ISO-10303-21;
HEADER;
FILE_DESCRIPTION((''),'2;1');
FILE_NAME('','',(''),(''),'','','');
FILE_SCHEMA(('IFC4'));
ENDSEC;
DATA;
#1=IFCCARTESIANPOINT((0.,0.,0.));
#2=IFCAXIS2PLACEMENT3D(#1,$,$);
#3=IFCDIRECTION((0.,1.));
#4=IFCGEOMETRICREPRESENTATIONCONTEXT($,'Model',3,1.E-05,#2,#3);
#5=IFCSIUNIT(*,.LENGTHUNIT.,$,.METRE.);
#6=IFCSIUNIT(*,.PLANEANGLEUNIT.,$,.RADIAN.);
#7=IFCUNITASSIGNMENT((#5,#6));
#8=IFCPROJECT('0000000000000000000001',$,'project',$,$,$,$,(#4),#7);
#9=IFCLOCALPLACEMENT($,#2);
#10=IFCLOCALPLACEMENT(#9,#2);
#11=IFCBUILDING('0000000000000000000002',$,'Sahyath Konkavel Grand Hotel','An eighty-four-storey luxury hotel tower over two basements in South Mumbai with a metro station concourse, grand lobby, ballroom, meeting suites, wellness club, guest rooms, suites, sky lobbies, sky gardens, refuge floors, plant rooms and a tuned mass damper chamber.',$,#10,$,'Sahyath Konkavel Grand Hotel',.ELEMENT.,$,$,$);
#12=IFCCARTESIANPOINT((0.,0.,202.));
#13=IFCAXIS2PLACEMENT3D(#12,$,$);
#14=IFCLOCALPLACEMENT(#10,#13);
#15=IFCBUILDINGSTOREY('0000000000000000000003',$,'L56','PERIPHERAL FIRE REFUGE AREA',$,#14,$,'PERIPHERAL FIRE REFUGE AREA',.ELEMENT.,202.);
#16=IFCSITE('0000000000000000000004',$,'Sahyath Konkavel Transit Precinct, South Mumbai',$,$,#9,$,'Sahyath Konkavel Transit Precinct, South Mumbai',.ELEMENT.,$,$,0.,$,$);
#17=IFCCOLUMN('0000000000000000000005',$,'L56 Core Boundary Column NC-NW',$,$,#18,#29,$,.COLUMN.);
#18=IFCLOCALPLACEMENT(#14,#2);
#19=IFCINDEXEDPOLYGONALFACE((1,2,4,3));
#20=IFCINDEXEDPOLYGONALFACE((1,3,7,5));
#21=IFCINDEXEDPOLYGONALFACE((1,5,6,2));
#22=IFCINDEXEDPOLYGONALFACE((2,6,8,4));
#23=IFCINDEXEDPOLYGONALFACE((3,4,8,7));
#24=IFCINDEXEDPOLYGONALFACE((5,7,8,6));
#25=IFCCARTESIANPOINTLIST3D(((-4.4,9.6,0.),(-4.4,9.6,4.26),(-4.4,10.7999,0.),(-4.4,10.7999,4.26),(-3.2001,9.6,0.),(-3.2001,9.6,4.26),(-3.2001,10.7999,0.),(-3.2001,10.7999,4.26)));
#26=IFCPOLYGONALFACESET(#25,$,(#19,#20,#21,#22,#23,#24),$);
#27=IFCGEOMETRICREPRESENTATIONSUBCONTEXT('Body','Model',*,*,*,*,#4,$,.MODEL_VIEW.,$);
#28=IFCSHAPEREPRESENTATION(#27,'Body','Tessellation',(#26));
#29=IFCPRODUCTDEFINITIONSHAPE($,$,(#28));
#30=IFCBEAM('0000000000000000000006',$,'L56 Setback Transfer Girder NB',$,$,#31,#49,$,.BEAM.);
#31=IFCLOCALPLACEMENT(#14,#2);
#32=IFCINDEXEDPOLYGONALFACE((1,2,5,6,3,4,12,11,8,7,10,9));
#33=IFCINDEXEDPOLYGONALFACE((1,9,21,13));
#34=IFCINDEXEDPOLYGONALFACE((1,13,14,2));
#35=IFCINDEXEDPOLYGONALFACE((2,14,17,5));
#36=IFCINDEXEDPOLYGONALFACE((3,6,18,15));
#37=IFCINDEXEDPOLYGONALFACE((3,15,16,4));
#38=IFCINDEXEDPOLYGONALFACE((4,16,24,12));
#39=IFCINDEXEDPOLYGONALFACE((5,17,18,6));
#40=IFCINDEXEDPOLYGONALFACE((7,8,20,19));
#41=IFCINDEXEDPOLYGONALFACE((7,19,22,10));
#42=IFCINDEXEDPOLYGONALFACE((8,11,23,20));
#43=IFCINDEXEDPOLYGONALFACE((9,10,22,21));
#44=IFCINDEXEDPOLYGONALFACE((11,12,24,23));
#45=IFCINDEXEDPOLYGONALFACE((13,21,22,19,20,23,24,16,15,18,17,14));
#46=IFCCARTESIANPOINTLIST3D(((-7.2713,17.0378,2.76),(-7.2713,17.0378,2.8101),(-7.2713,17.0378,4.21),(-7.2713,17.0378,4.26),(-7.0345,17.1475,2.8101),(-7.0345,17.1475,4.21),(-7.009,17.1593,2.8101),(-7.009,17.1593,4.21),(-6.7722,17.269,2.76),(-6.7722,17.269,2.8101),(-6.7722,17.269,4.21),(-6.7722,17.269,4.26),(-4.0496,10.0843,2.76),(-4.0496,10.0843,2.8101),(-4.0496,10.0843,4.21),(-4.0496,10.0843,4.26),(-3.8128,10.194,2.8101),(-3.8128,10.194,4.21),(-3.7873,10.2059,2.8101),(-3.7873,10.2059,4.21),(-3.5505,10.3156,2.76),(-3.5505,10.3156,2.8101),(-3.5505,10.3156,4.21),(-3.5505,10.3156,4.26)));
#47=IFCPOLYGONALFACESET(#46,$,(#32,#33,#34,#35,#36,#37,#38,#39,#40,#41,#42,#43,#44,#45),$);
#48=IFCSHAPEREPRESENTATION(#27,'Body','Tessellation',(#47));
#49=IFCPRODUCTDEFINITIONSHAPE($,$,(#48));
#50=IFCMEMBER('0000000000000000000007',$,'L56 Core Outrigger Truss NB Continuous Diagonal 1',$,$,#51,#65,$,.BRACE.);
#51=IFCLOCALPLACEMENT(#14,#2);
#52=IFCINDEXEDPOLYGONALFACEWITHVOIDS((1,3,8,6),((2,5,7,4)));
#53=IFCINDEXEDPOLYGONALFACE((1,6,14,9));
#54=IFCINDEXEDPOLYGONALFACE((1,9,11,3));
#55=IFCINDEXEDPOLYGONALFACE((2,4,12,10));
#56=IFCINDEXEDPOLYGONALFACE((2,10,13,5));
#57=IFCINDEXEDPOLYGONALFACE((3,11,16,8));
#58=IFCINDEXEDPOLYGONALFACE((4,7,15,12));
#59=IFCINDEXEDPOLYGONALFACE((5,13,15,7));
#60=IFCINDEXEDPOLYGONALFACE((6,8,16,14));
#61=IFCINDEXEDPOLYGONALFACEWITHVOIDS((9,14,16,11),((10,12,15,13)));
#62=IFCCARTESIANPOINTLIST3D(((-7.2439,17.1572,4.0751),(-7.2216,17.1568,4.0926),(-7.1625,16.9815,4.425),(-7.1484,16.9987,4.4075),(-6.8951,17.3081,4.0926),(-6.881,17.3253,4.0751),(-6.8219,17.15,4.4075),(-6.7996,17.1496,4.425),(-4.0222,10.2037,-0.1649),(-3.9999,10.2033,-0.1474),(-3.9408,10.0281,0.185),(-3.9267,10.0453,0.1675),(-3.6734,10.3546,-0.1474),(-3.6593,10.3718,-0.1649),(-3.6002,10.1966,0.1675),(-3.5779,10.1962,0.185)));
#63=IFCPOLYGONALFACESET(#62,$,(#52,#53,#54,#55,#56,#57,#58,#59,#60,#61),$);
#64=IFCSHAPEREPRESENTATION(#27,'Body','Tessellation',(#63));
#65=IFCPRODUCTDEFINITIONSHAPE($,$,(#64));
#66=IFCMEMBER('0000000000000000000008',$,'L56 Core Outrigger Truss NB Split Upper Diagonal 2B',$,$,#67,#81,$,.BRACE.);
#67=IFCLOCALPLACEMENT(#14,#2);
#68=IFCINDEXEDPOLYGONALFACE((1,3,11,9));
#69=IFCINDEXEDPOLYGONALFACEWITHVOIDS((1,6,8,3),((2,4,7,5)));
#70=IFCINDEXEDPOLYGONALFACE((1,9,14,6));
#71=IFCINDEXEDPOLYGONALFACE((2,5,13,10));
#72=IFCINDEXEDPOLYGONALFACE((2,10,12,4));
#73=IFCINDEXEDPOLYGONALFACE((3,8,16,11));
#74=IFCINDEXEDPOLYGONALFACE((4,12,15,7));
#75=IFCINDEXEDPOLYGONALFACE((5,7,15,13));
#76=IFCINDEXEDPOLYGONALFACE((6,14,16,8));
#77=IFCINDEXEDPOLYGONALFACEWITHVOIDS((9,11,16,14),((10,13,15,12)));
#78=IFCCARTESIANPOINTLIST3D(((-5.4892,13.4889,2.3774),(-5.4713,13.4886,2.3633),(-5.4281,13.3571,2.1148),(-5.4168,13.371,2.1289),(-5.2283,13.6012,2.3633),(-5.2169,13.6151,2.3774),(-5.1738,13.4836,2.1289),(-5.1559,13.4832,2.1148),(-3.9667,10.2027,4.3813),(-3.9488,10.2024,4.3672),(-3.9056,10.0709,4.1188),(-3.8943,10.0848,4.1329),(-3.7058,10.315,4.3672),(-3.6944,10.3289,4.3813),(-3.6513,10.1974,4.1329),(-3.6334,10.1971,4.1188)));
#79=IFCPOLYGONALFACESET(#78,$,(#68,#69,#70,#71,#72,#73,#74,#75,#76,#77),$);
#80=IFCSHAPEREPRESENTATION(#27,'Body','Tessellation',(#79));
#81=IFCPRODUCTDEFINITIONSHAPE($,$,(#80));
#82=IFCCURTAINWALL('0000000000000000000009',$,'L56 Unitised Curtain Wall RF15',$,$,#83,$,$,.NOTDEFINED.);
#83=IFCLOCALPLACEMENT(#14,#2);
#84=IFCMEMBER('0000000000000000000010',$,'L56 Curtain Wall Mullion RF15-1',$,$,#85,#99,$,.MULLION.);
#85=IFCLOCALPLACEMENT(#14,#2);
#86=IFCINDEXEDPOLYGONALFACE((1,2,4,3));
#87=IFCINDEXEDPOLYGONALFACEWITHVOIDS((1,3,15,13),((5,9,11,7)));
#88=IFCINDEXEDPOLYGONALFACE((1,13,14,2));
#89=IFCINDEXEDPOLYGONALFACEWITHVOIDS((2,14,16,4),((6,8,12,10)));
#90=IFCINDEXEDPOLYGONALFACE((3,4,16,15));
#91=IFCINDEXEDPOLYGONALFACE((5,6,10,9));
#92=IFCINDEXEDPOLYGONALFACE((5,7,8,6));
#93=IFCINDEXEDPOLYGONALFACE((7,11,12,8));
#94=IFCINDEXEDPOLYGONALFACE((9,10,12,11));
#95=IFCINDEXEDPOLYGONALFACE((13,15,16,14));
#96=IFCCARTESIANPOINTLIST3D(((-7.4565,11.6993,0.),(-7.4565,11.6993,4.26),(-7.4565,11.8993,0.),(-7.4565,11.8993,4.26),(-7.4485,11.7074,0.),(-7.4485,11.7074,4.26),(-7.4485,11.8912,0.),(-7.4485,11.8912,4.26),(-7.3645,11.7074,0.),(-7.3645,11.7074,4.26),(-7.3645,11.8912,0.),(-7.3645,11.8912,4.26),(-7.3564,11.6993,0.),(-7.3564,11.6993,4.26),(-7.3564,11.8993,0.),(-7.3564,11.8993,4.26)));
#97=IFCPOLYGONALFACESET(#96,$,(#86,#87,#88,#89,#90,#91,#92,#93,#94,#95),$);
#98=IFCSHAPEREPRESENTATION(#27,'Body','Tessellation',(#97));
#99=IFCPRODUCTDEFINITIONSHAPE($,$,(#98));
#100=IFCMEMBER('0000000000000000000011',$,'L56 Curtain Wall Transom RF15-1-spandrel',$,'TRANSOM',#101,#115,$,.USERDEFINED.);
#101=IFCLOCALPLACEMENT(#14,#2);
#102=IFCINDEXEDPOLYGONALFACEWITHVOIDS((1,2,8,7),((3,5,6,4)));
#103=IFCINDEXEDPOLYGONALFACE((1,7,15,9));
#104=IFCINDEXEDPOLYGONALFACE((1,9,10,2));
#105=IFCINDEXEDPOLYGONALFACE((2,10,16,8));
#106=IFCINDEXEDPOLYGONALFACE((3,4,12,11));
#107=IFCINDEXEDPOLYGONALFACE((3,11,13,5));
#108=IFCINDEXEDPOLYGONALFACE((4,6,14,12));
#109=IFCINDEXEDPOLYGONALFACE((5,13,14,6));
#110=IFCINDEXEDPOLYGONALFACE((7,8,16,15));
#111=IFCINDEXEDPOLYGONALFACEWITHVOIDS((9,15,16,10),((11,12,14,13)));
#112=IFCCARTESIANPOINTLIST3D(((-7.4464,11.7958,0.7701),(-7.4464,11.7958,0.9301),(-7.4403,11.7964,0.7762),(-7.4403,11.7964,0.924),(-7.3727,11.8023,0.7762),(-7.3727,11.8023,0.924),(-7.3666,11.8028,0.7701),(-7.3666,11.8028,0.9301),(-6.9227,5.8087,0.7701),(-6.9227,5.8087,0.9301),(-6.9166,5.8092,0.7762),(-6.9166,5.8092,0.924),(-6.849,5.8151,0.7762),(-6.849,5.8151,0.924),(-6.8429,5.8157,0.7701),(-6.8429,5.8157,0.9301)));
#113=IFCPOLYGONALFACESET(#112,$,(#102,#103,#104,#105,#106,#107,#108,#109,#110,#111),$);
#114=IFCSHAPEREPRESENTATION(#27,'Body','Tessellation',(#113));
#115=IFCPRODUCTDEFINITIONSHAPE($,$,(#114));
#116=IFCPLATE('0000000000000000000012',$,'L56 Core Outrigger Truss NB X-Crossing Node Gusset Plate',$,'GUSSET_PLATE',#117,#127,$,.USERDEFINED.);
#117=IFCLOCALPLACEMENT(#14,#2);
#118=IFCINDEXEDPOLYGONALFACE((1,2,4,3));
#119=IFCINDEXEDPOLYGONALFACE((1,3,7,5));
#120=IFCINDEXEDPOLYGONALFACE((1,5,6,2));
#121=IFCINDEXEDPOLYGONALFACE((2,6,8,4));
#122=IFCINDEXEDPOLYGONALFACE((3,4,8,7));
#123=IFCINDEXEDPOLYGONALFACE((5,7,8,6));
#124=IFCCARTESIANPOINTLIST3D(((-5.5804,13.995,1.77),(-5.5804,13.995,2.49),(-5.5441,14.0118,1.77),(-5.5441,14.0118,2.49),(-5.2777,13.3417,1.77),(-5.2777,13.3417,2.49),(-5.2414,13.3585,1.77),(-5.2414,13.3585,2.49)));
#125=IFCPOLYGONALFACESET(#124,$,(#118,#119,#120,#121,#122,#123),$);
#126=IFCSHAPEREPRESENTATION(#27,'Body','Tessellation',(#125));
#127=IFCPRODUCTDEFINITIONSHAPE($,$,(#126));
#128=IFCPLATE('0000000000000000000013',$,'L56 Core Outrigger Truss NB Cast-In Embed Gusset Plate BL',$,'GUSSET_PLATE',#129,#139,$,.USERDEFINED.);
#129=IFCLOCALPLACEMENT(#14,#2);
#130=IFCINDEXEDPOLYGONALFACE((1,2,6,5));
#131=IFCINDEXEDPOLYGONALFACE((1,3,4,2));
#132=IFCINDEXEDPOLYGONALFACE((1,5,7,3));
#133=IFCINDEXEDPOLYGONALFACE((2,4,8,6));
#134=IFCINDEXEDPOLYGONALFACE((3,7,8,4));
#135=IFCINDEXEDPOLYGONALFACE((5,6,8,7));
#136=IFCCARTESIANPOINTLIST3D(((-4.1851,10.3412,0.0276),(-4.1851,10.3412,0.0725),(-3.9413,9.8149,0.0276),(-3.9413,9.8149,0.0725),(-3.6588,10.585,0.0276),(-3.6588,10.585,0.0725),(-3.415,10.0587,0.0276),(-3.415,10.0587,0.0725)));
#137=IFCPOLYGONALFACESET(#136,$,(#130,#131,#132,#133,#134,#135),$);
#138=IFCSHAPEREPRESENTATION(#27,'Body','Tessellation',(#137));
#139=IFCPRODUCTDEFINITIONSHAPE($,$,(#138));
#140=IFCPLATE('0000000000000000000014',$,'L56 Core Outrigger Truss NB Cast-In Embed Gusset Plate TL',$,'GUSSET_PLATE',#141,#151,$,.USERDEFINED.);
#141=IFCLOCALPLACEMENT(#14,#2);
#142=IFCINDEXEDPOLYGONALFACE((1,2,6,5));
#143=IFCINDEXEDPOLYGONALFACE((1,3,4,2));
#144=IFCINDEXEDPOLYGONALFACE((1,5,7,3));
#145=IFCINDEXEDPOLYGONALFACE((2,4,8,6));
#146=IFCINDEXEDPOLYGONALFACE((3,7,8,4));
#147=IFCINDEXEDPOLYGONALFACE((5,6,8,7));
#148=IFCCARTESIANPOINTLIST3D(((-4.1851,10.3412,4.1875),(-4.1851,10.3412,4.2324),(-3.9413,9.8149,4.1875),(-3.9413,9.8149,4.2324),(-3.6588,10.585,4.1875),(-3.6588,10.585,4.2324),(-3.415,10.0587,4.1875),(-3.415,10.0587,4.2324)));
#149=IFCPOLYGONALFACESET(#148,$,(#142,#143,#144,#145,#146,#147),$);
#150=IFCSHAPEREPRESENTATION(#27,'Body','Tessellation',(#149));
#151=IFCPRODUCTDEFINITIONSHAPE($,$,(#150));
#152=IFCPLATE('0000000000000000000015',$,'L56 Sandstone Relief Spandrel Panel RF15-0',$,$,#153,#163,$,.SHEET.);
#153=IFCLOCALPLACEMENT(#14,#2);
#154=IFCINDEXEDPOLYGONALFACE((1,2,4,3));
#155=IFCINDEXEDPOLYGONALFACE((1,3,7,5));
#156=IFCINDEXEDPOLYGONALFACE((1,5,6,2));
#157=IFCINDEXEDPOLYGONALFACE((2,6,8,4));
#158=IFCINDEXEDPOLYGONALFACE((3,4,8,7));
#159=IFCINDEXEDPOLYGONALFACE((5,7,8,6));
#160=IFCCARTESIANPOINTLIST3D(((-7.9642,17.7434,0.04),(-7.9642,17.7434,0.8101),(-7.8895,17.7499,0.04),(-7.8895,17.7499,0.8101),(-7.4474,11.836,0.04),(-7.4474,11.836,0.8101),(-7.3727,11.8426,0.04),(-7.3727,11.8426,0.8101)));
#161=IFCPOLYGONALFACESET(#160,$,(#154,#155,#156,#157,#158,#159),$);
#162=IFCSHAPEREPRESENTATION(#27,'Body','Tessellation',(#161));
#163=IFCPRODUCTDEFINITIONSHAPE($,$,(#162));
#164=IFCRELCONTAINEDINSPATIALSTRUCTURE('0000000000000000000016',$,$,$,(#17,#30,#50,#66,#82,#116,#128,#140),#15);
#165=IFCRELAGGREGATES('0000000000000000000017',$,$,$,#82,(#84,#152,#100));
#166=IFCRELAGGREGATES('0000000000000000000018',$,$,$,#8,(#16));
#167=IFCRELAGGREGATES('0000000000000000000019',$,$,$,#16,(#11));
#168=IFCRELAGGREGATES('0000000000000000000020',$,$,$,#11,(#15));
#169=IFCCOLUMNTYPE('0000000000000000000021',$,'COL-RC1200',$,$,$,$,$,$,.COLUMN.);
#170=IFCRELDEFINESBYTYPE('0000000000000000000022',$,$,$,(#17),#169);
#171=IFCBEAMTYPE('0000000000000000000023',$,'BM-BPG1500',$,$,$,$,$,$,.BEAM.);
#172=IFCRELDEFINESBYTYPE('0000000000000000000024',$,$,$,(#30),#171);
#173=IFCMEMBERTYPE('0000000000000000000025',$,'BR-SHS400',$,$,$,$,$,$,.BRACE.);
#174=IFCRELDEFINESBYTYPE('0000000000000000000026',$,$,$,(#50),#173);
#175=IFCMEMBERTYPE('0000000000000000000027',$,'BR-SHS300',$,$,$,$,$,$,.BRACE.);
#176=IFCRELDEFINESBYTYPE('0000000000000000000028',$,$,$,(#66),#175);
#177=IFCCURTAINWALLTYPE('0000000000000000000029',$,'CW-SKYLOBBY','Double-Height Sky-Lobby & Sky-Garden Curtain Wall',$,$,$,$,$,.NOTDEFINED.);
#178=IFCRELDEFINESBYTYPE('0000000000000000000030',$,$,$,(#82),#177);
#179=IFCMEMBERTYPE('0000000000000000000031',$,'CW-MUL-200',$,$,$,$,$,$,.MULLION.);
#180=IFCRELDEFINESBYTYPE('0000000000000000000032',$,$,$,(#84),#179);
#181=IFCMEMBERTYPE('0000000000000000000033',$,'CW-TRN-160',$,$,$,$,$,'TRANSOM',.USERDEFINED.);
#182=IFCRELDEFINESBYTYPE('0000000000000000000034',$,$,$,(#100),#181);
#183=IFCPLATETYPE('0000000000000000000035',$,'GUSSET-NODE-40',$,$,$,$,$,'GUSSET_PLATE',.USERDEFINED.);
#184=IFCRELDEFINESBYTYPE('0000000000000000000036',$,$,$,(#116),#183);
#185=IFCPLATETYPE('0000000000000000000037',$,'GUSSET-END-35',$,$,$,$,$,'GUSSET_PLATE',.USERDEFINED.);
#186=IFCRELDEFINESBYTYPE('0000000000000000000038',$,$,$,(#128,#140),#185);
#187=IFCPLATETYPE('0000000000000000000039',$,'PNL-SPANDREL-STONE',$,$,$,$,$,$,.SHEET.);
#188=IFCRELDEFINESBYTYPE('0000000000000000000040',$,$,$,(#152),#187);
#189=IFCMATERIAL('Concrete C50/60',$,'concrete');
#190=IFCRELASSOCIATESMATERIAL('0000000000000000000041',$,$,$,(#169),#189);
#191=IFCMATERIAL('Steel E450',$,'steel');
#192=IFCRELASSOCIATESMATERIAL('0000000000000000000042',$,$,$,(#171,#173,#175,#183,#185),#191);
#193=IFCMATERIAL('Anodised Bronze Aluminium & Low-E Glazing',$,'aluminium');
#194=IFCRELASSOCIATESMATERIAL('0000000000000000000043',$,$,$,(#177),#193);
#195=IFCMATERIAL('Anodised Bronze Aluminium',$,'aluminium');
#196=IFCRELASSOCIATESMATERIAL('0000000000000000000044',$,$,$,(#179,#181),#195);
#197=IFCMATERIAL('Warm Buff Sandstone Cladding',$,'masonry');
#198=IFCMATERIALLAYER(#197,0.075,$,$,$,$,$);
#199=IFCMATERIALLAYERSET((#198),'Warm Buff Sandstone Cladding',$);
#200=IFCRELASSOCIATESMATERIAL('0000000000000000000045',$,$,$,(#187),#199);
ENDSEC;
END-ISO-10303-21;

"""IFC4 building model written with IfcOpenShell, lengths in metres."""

from ifc_helpers import new_model, si_unit, direction, frame, origin, origin_2d, place, context, subcontext, project, spatial, rectangle, hollow_rectangle, i_section, extrude, source, transform, mapped, material, layer, layer_set, material_profile, profile_set, type_object, element, aggregate, save


model = new_model("IFC4")

# Units and contexts
model_context = context("Model", 3, precision=1e-05, world=origin(), true_north=direction((0.0, 1.0)))
body_context = subcontext(model_context, "Body", "Model", "MODEL_VIEW")
ifc_project = project(units=[si_unit("LENGTHUNIT", "METRE"), si_unit("PLANEANGLEUNIT", "RADIAN")], contexts=[model_context])

# Site, building, storey
site_placement = place(None, origin())
site = spatial("IfcSite", under=ifc_project, at=site_placement, Name="Sahyath Konkavel Transit Precinct, South Mumbai", LongName="Sahyath Konkavel Transit Precinct, South Mumbai", CompositionType="ELEMENT", RefElevation=0.0)
building_placement = place(site_placement, origin())
building = spatial("IfcBuilding", under=site, at=building_placement, Name="Sahyath Konkavel Grand Hotel", Description="An eighty-four-storey luxury hotel tower over two basements in South Mumbai with a metro station concourse, grand lobby, ballroom, meeting suites, wellness club, guest rooms, suites, sky lobbies, sky gardens, refuge floors, plant rooms and a tuned mass damper chamber.", LongName="Sahyath Konkavel Grand Hotel", CompositionType="ELEMENT")
storey_placement = place(building_placement, frame((0.0, 0.0, 202.0)))
storey = spatial("IfcBuildingStorey", under=building, at=storey_placement, Name="L56", Description="PERIPHERAL FIRE REFUGE AREA", LongName="PERIPHERAL FIRE REFUGE AREA", CompositionType="ELEMENT", Elevation=202.0)

# Column
ifc_material_1 = material(Name="Concrete C50/60", Category="concrete")
ifc_material_profile_1 = material_profile(ifc_material_1, rectangle(XDim=1.2, YDim=1.2, at=origin_2d()), Name="RC 1200x1200")
ifc_profile_set_1 = profile_set([ifc_material_profile_1], Name="Concrete C50/60")
column_type = type_object("IfcColumnType", Name="COL-RC1200", PredefinedType="COLUMN", material=ifc_profile_set_1)
shared_shape_1 = source(origin(), body_context, "Body", "SweptSolid", [
    extrude(rectangle(XDim=1.2, YDim=1.2, at=origin_2d()), origin(), (0.0, 0.0, 1.0), 4.26),
])
column_placement = place(storey_placement, frame((-3.8, 10.2, 0.0), z_axis=(0.0, 0.0, 1.0), x_axis=(1.0, 0.0, 0.0)))
element("IfcColumn", 1, at=column_placement, inside=storey, type_object=column_type, Name="L56 Core Boundary Column NC-NW", PredefinedType="COLUMN", context=body_context, shape_type="MappedRepresentation", body=[
    mapped(shared_shape_1, transform((0.0, 0.0, 0.0), scale=1.0)),
])

# Beam
ifc_material_2 = material(Name="Steel E450", Category="steel")
ifc_material_profile_2 = material_profile(ifc_material_2, i_section(OverallWidth=0.55, OverallDepth=1.5, WebThickness=0.0281, FlangeThickness=0.05, at=origin_2d()), Name="BPG 1500x550")
ifc_profile_set_2 = profile_set([ifc_material_profile_2], Name="Steel E450")
beam_type = type_object("IfcBeamType", Name="BM-BPG1500", PredefinedType="BEAM", material=ifc_profile_set_2)
shared_shape_2 = source(origin(), body_context, "Body", "SweptSolid", [
    extrude(i_section(OverallWidth=0.55, OverallDepth=1.5, WebThickness=0.0281, FlangeThickness=0.05, at=origin_2d()), origin(), (0.0, 0.0, 1.0), 7.6636),
])
beam_placement = place(storey_placement, frame((-3.8, 10.2, 3.51), z_axis=(-0.420395, 0.907341, 0.0), x_axis=(-0.907341, -0.420395, 0.0)))
element("IfcBeam", 2, at=beam_placement, inside=storey, type_object=beam_type, Name="L56 Setback Transfer Girder NB", PredefinedType="BEAM", context=body_context, shape_type="MappedRepresentation", body=[
    mapped(shared_shape_2, transform((0.0, 0.0, 0.0), scale=1.0)),
])

# Members
ifc_material_profile_3 = material_profile(ifc_material_2, hollow_rectangle(XDim=0.3999, YDim=0.3999, WallThickness=0.02, at=origin_2d()), Name="SHS 400x400x20")
ifc_profile_set_3 = profile_set([ifc_material_profile_3], Name="Steel E450")
member_type_1 = type_object("IfcMemberType", Name="BR-SHS400", PredefinedType="BRACE", material=ifc_profile_set_3)
shared_shape_3 = source(origin(), body_context, "Body", "SweptSolid", [
    extrude(hollow_rectangle(XDim=0.3999, YDim=0.3999, WallThickness=0.02, at=origin_2d()), origin(), (0.0, 0.0, 1.0), 8.7583),
])
member_1_placement = place(storey_placement, frame((-3.8, 10.2, 0.01), z_axis=(-0.367847, 0.793927, 0.484117), x_axis=(-0.907341, -0.420395, 0.0)))
element("IfcMember", 3, at=member_1_placement, inside=storey, type_object=member_type_1, Name="L56 Core Outrigger Truss NB Continuous Diagonal 1", PredefinedType="BRACE", context=body_context, shape_type="MappedRepresentation", body=[
    mapped(shared_shape_3, transform((0.0, 0.0, 0.0), scale=1.0)),
])
ifc_material_profile_4 = material_profile(ifc_material_2, hollow_rectangle(XDim=0.3, YDim=0.3, WallThickness=0.0161, at=origin_2d()), Name="SHS 300x300x16")
ifc_profile_set_4 = profile_set([ifc_material_profile_4], Name="Steel E450")
member_type_2 = type_object("IfcMemberType", Name="BR-SHS300", PredefinedType="BRACE", material=ifc_profile_set_4)
shared_shape_4 = source(origin(), body_context, "Body", "SweptSolid", [
    extrude(hollow_rectangle(XDim=0.3, YDim=0.3, WallThickness=0.0161, at=origin_2d()), origin(), (0.0, 0.0, 1.0), 4.1392),
])
member_2_placement = place(storey_placement, frame((-5.3225, 13.4861, 2.2461), z_axis=(0.367824, -0.793923, 0.48414), x_axis=(0.907351, 0.420374, 0.0)))
element("IfcMember", 4, at=member_2_placement, inside=storey, type_object=member_type_2, Name="L56 Core Outrigger Truss NB Split Upper Diagonal 2B", PredefinedType="BRACE", context=body_context, shape_type="MappedRepresentation", body=[
    mapped(shared_shape_4, transform((0.0, 0.0, 0.0), scale=1.0)),
])

# Curtain wall, members
ifc_material_3 = material(Name="Anodised Bronze Aluminium & Low-E Glazing", Category="aluminium")
curtain_wall_type = type_object("IfcCurtainWallType", Name="CW-SKYLOBBY", Description="Double-Height Sky-Lobby & Sky-Garden Curtain Wall", PredefinedType="NOTDEFINED", material=ifc_material_3)
curtain_wall_placement = place(storey_placement, origin())
curtain_wall = element("IfcCurtainWall", 5, at=curtain_wall_placement, inside=storey, type_object=curtain_wall_type, Name="L56 Unitised Curtain Wall RF15", PredefinedType="NOTDEFINED")
ifc_material_4 = material(Name="Anodised Bronze Aluminium", Category="aluminium")
ifc_material_profile_5 = material_profile(ifc_material_4, hollow_rectangle(XDim=0.1001, YDim=0.2, WallThickness=0.0081, at=origin_2d()), Name="RHS 200x100x8")
ifc_profile_set_5 = profile_set([ifc_material_profile_5], Name="Anodised Bronze Aluminium")
member_type_3 = type_object("IfcMemberType", Name="CW-MUL-200", PredefinedType="MULLION", material=ifc_profile_set_5)
shared_shape_5 = source(origin(), body_context, "Body", "SweptSolid", [
    extrude(hollow_rectangle(XDim=0.1001, YDim=0.2, WallThickness=0.0081, at=origin_2d()), origin(), (0.0, 0.0, 1.0), 4.26),
])
member_3_placement = place(storey_placement, frame((-7.4065, 11.7993, 0.0), z_axis=(0.0, 0.0, 1.0), x_axis=(1.0, 0.0, 0.0)))
member_3 = element("IfcMember", 6, at=member_3_placement, type_object=member_type_3, Name="L56 Curtain Wall Mullion RF15-1", PredefinedType="MULLION", context=body_context, shape_type="MappedRepresentation", body=[
    mapped(shared_shape_5, transform((0.0, 0.0, 0.0), scale=1.0)),
])
ifc_material_profile_6 = material_profile(ifc_material_4, hollow_rectangle(XDim=0.0801, YDim=0.1599, WallThickness=0.0061, at=origin_2d()), Name="RHS 160x80x6")
ifc_profile_set_6 = profile_set([ifc_material_profile_6], Name="Anodised Bronze Aluminium")
member_type_4 = type_object("IfcMemberType", Name="CW-TRN-160", ElementType="TRANSOM", PredefinedType="USERDEFINED", material=ifc_profile_set_6)
shared_shape_6 = source(origin(), body_context, "Body", "SweptSolid", [
    extrude(hollow_rectangle(XDim=0.0801, YDim=0.1599, WallThickness=0.0061, at=origin_2d()), origin(), (0.0, 0.0, 1.0), 6.01),
])
member_4_placement = place(storey_placement, frame((-7.4065, 11.7993, 0.8501), z_axis=(0.087136, -0.996196, 0.0), x_axis=(0.996196, 0.087136, 0.0)))
member_4 = element("IfcMember", 7, at=member_4_placement, type_object=member_type_4, Name="L56 Curtain Wall Transom RF15-1-spandrel", ObjectType="TRANSOM", PredefinedType="USERDEFINED", context=body_context, shape_type="MappedRepresentation", body=[
    mapped(shared_shape_6, transform((0.0, 0.0, 0.0), scale=1.0)),
])

# Plates
plate_type_1 = type_object("IfcPlateType", Name="GUSSET-NODE-40", ElementType="GUSSET_PLATE", PredefinedType="USERDEFINED", material=ifc_material_2)
shared_shape_7 = source(origin(), body_context, "Body", "SweptSolid", [
    extrude(rectangle(XDim=0.72, YDim=0.04, at=origin_2d()), origin(), (0.0, 0.0, 1.0), 0.72),
])
plate_1_placement = place(storey_placement, frame((-5.4109, 13.6768, 1.77), z_axis=(0.0, 0.0, 1.0), x_axis=(-0.420402, 0.907338, 0.0)))
element("IfcPlate", 8, at=plate_1_placement, inside=storey, type_object=plate_type_1, Name="L56 Core Outrigger Truss NB X-Crossing Node Gusset Plate", ObjectType="GUSSET_PLATE", PredefinedType="USERDEFINED", context=body_context, shape_type="MappedRepresentation", body=[
    mapped(shared_shape_7, transform((0.0, 0.0, 0.0), scale=1.0)),
])
plate_type_2 = type_object("IfcPlateType", Name="GUSSET-END-35", ElementType="GUSSET_PLATE", PredefinedType="USERDEFINED", material=ifc_material_2)
shared_shape_8 = source(origin(), body_context, "Body", "SweptSolid", [
    extrude(rectangle(XDim=0.5801, YDim=0.5801, at=origin_2d()), origin(), (0.0, 0.0, 1.0), 0.0449),
])
for number, where, z_axis, x_axis, name in (
    (9, (-3.8, 10.2, 0.0276), (0.0, 0.0, 1.0), (-0.420402, 0.907338, 0.0), "L56 Core Outrigger Truss NB Cast-In Embed Gusset Plate BL"),
    (10, (-3.8, 10.2, 4.1875), (0.0, 0.0, 1.0), (-0.420402, 0.907338, 0.0), "L56 Core Outrigger Truss NB Cast-In Embed Gusset Plate TL"),
):
    element("IfcPlate", number, at=place(storey_placement, frame(where, z_axis=z_axis, x_axis=x_axis)), inside=storey, type_object=plate_type_2, Name=name, ObjectType="GUSSET_PLATE", PredefinedType="USERDEFINED", context=body_context, shape_type="MappedRepresentation", body=[
        mapped(shared_shape_8, transform((0.0, 0.0, 0.0), scale=1.0)),
    ])

# Plate
ifc_material_5 = material(Name="Warm Buff Sandstone Cladding", Category="masonry")
ifc_layer_1 = layer(ifc_material_5, 0.075)
ifc_layer_set_1 = layer_set([ifc_layer_1], Name="Warm Buff Sandstone Cladding")
plate_type_3 = type_object("IfcPlateType", Name="PNL-SPANDREL-STONE", PredefinedType="SHEET", material=ifc_layer_set_1)
shared_shape_9 = source(origin(), body_context, "Body", "SweptSolid", [
    extrude(rectangle(XDim=5.9299, YDim=0.075, at=origin_2d()), origin(), (0.0, 0.0, 1.0), 0.77),
])
plate_2_placement = place(storey_placement, frame((-7.6685, 14.793, 0.04), z_axis=(0.0, 0.0, 1.0), x_axis=(0.087156, -0.996195, 0.0)))
plate_2 = element("IfcPlate", 11, at=plate_2_placement, type_object=plate_type_3, Name="L56 Sandstone Relief Spandrel Panel RF15-0", PredefinedType="SHEET", context=body_context, shape_type="MappedRepresentation", body=[
    mapped(shared_shape_9, transform((0.0, 0.0, 0.0), scale=1.0)),
])
aggregate(curtain_wall, [member_3, plate_2, member_4])

save(model, "model.ifc")
